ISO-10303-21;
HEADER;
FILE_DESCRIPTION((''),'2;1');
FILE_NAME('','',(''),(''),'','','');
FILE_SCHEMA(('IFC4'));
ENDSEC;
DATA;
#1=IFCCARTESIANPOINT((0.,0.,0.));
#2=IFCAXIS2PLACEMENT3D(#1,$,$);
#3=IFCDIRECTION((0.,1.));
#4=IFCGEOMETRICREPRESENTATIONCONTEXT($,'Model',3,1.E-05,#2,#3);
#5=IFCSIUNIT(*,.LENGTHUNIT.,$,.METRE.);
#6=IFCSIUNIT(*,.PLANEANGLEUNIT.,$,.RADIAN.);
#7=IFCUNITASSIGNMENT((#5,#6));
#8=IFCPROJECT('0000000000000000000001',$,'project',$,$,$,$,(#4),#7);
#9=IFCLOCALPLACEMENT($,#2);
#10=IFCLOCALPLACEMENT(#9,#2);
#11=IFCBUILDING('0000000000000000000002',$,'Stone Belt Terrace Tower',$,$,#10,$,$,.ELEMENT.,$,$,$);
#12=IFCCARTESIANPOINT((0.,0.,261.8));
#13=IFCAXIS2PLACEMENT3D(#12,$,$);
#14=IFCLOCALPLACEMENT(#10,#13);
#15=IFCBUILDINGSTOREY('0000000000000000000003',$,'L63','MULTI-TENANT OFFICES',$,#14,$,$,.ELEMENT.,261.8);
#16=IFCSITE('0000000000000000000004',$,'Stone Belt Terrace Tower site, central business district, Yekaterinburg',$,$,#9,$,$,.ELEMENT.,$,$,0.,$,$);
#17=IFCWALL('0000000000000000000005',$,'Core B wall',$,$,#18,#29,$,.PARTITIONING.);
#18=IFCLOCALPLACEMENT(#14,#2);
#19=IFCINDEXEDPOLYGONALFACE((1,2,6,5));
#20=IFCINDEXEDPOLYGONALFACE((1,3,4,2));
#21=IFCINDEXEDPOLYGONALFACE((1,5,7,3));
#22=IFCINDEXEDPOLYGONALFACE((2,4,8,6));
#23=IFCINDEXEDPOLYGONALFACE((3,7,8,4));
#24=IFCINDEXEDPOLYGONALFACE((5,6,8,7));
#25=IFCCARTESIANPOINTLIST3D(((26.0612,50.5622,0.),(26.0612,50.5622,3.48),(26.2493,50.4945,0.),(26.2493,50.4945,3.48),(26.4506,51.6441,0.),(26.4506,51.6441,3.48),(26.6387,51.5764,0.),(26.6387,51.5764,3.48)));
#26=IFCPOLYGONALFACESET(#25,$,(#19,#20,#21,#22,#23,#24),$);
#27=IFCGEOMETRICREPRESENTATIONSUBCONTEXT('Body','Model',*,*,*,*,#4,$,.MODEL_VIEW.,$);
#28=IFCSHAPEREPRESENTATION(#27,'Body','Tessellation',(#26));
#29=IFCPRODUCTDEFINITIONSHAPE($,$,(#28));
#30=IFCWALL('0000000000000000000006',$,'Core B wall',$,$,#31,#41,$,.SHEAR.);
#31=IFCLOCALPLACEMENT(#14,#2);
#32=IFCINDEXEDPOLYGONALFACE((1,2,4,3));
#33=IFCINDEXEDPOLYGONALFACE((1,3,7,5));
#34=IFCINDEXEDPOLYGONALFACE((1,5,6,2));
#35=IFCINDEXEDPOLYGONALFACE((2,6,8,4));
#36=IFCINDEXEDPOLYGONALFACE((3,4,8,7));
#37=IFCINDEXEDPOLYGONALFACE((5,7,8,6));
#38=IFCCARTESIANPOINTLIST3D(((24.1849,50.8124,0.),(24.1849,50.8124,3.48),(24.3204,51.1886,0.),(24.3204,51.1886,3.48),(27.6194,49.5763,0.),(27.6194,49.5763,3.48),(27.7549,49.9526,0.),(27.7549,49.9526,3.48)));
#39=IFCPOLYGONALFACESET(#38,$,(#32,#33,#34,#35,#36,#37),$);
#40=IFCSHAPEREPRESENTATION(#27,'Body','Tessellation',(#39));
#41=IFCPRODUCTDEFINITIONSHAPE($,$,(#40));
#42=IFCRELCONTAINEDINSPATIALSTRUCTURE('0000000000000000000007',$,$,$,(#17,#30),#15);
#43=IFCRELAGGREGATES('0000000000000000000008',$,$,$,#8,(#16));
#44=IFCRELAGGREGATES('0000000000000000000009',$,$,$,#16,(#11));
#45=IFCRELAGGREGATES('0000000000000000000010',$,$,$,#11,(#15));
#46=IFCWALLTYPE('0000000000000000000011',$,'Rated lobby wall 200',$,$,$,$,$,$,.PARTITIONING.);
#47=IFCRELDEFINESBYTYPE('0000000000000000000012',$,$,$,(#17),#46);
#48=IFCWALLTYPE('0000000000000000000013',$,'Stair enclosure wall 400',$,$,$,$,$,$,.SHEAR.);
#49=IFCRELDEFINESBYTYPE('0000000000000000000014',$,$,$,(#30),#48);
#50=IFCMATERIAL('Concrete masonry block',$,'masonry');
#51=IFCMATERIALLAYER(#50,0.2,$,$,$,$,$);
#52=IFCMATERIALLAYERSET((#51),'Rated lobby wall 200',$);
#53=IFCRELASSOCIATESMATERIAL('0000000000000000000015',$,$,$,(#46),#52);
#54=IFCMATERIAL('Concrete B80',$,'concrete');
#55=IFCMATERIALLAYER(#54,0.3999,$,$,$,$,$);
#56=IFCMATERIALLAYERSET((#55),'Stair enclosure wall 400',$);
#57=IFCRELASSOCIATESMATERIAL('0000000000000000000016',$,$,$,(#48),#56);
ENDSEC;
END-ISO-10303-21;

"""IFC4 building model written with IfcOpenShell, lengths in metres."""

from ifc_helpers import new_model, si_unit, direction, frame, frame_2d, origin, place, context, subcontext, project, spatial, rectangle, extrude, material, layer, layer_set, type_object, element, save


model = new_model("IFC4")

# Units and contexts
model_context = context("Model", 3, precision=1e-05, world=origin(), true_north=direction((0.0, 1.0)))
body_context = subcontext(model_context, "Body", "Model", "MODEL_VIEW")
ifc_project = project(units=[si_unit("LENGTHUNIT", "METRE"), si_unit("PLANEANGLEUNIT", "RADIAN")], contexts=[model_context])

# Site, building, storey
site_placement = place(None, origin())
site = spatial("IfcSite", under=ifc_project, at=site_placement, Name="Stone Belt Terrace Tower site, central business district, Yekaterinburg", CompositionType="ELEMENT", RefElevation=0.0)
building_placement = place(site_placement, origin())
building = spatial("IfcBuilding", under=site, at=building_placement, Name="Stone Belt Terrace Tower", CompositionType="ELEMENT")
storey_placement = place(building_placement, frame((0.0, 0.0, 261.8)))
storey = spatial("IfcBuildingStorey", under=building, at=storey_placement, Name="L63", Description="MULTI-TENANT OFFICES", CompositionType="ELEMENT", Elevation=261.8)

# Shared definitions
ifc_material_1 = material(Name="Concrete B80", Category="concrete")

# Walls
ifc_material_2 = material(Name="Concrete masonry block", Category="masonry")
ifc_layer_1 = layer(ifc_material_2, 0.2)
ifc_layer_set_1 = layer_set([ifc_layer_1], Name="Rated lobby wall 200")
wall_type_1 = type_object("IfcWallType", Name="Rated lobby wall 200", PredefinedType="PARTITIONING", material=ifc_layer_set_1)
wall_1_placement = place(storey_placement, frame((26.1553, 50.5283, 0.0), z_axis=(0.0, 0.0, 1.0), x_axis=(0.338622, 0.940923, 0.0)))
element("IfcWall", 1, at=wall_1_placement, inside=storey, type_object=wall_type_1, Name="Core B wall", PredefinedType="PARTITIONING", context=body_context, shape_type="SweptSolid", body=[
    extrude(rectangle(XDim=1.1499, YDim=0.2, at=frame_2d((0.575, 0.0))), origin(), (0.0, 0.0, 1.0), 3.48),
])
ifc_layer_2 = layer(ifc_material_1, 0.3999)
ifc_layer_set_2 = layer_set([ifc_layer_2], Name="Stair enclosure wall 400")
wall_type_2 = type_object("IfcWallType", Name="Stair enclosure wall 400", PredefinedType="SHEAR", material=ifc_layer_set_2)
wall_2_placement = place(storey_placement, frame((27.6873, 49.7644, 0.0), z_axis=(0.0, 0.0, 1.0), x_axis=(-0.940919, 0.338632, 0.0)))
element("IfcWall", 2, at=wall_2_placement, inside=storey, type_object=wall_type_2, Name="Core B wall", PredefinedType="SHEAR", context=body_context, shape_type="SweptSolid", body=[
    extrude(rectangle(XDim=3.6501, YDim=0.3999, at=frame_2d((1.8252, 0.0))), origin(), (0.0, 0.0, 1.0), 3.48),
])

save(model, "model.ifc")
